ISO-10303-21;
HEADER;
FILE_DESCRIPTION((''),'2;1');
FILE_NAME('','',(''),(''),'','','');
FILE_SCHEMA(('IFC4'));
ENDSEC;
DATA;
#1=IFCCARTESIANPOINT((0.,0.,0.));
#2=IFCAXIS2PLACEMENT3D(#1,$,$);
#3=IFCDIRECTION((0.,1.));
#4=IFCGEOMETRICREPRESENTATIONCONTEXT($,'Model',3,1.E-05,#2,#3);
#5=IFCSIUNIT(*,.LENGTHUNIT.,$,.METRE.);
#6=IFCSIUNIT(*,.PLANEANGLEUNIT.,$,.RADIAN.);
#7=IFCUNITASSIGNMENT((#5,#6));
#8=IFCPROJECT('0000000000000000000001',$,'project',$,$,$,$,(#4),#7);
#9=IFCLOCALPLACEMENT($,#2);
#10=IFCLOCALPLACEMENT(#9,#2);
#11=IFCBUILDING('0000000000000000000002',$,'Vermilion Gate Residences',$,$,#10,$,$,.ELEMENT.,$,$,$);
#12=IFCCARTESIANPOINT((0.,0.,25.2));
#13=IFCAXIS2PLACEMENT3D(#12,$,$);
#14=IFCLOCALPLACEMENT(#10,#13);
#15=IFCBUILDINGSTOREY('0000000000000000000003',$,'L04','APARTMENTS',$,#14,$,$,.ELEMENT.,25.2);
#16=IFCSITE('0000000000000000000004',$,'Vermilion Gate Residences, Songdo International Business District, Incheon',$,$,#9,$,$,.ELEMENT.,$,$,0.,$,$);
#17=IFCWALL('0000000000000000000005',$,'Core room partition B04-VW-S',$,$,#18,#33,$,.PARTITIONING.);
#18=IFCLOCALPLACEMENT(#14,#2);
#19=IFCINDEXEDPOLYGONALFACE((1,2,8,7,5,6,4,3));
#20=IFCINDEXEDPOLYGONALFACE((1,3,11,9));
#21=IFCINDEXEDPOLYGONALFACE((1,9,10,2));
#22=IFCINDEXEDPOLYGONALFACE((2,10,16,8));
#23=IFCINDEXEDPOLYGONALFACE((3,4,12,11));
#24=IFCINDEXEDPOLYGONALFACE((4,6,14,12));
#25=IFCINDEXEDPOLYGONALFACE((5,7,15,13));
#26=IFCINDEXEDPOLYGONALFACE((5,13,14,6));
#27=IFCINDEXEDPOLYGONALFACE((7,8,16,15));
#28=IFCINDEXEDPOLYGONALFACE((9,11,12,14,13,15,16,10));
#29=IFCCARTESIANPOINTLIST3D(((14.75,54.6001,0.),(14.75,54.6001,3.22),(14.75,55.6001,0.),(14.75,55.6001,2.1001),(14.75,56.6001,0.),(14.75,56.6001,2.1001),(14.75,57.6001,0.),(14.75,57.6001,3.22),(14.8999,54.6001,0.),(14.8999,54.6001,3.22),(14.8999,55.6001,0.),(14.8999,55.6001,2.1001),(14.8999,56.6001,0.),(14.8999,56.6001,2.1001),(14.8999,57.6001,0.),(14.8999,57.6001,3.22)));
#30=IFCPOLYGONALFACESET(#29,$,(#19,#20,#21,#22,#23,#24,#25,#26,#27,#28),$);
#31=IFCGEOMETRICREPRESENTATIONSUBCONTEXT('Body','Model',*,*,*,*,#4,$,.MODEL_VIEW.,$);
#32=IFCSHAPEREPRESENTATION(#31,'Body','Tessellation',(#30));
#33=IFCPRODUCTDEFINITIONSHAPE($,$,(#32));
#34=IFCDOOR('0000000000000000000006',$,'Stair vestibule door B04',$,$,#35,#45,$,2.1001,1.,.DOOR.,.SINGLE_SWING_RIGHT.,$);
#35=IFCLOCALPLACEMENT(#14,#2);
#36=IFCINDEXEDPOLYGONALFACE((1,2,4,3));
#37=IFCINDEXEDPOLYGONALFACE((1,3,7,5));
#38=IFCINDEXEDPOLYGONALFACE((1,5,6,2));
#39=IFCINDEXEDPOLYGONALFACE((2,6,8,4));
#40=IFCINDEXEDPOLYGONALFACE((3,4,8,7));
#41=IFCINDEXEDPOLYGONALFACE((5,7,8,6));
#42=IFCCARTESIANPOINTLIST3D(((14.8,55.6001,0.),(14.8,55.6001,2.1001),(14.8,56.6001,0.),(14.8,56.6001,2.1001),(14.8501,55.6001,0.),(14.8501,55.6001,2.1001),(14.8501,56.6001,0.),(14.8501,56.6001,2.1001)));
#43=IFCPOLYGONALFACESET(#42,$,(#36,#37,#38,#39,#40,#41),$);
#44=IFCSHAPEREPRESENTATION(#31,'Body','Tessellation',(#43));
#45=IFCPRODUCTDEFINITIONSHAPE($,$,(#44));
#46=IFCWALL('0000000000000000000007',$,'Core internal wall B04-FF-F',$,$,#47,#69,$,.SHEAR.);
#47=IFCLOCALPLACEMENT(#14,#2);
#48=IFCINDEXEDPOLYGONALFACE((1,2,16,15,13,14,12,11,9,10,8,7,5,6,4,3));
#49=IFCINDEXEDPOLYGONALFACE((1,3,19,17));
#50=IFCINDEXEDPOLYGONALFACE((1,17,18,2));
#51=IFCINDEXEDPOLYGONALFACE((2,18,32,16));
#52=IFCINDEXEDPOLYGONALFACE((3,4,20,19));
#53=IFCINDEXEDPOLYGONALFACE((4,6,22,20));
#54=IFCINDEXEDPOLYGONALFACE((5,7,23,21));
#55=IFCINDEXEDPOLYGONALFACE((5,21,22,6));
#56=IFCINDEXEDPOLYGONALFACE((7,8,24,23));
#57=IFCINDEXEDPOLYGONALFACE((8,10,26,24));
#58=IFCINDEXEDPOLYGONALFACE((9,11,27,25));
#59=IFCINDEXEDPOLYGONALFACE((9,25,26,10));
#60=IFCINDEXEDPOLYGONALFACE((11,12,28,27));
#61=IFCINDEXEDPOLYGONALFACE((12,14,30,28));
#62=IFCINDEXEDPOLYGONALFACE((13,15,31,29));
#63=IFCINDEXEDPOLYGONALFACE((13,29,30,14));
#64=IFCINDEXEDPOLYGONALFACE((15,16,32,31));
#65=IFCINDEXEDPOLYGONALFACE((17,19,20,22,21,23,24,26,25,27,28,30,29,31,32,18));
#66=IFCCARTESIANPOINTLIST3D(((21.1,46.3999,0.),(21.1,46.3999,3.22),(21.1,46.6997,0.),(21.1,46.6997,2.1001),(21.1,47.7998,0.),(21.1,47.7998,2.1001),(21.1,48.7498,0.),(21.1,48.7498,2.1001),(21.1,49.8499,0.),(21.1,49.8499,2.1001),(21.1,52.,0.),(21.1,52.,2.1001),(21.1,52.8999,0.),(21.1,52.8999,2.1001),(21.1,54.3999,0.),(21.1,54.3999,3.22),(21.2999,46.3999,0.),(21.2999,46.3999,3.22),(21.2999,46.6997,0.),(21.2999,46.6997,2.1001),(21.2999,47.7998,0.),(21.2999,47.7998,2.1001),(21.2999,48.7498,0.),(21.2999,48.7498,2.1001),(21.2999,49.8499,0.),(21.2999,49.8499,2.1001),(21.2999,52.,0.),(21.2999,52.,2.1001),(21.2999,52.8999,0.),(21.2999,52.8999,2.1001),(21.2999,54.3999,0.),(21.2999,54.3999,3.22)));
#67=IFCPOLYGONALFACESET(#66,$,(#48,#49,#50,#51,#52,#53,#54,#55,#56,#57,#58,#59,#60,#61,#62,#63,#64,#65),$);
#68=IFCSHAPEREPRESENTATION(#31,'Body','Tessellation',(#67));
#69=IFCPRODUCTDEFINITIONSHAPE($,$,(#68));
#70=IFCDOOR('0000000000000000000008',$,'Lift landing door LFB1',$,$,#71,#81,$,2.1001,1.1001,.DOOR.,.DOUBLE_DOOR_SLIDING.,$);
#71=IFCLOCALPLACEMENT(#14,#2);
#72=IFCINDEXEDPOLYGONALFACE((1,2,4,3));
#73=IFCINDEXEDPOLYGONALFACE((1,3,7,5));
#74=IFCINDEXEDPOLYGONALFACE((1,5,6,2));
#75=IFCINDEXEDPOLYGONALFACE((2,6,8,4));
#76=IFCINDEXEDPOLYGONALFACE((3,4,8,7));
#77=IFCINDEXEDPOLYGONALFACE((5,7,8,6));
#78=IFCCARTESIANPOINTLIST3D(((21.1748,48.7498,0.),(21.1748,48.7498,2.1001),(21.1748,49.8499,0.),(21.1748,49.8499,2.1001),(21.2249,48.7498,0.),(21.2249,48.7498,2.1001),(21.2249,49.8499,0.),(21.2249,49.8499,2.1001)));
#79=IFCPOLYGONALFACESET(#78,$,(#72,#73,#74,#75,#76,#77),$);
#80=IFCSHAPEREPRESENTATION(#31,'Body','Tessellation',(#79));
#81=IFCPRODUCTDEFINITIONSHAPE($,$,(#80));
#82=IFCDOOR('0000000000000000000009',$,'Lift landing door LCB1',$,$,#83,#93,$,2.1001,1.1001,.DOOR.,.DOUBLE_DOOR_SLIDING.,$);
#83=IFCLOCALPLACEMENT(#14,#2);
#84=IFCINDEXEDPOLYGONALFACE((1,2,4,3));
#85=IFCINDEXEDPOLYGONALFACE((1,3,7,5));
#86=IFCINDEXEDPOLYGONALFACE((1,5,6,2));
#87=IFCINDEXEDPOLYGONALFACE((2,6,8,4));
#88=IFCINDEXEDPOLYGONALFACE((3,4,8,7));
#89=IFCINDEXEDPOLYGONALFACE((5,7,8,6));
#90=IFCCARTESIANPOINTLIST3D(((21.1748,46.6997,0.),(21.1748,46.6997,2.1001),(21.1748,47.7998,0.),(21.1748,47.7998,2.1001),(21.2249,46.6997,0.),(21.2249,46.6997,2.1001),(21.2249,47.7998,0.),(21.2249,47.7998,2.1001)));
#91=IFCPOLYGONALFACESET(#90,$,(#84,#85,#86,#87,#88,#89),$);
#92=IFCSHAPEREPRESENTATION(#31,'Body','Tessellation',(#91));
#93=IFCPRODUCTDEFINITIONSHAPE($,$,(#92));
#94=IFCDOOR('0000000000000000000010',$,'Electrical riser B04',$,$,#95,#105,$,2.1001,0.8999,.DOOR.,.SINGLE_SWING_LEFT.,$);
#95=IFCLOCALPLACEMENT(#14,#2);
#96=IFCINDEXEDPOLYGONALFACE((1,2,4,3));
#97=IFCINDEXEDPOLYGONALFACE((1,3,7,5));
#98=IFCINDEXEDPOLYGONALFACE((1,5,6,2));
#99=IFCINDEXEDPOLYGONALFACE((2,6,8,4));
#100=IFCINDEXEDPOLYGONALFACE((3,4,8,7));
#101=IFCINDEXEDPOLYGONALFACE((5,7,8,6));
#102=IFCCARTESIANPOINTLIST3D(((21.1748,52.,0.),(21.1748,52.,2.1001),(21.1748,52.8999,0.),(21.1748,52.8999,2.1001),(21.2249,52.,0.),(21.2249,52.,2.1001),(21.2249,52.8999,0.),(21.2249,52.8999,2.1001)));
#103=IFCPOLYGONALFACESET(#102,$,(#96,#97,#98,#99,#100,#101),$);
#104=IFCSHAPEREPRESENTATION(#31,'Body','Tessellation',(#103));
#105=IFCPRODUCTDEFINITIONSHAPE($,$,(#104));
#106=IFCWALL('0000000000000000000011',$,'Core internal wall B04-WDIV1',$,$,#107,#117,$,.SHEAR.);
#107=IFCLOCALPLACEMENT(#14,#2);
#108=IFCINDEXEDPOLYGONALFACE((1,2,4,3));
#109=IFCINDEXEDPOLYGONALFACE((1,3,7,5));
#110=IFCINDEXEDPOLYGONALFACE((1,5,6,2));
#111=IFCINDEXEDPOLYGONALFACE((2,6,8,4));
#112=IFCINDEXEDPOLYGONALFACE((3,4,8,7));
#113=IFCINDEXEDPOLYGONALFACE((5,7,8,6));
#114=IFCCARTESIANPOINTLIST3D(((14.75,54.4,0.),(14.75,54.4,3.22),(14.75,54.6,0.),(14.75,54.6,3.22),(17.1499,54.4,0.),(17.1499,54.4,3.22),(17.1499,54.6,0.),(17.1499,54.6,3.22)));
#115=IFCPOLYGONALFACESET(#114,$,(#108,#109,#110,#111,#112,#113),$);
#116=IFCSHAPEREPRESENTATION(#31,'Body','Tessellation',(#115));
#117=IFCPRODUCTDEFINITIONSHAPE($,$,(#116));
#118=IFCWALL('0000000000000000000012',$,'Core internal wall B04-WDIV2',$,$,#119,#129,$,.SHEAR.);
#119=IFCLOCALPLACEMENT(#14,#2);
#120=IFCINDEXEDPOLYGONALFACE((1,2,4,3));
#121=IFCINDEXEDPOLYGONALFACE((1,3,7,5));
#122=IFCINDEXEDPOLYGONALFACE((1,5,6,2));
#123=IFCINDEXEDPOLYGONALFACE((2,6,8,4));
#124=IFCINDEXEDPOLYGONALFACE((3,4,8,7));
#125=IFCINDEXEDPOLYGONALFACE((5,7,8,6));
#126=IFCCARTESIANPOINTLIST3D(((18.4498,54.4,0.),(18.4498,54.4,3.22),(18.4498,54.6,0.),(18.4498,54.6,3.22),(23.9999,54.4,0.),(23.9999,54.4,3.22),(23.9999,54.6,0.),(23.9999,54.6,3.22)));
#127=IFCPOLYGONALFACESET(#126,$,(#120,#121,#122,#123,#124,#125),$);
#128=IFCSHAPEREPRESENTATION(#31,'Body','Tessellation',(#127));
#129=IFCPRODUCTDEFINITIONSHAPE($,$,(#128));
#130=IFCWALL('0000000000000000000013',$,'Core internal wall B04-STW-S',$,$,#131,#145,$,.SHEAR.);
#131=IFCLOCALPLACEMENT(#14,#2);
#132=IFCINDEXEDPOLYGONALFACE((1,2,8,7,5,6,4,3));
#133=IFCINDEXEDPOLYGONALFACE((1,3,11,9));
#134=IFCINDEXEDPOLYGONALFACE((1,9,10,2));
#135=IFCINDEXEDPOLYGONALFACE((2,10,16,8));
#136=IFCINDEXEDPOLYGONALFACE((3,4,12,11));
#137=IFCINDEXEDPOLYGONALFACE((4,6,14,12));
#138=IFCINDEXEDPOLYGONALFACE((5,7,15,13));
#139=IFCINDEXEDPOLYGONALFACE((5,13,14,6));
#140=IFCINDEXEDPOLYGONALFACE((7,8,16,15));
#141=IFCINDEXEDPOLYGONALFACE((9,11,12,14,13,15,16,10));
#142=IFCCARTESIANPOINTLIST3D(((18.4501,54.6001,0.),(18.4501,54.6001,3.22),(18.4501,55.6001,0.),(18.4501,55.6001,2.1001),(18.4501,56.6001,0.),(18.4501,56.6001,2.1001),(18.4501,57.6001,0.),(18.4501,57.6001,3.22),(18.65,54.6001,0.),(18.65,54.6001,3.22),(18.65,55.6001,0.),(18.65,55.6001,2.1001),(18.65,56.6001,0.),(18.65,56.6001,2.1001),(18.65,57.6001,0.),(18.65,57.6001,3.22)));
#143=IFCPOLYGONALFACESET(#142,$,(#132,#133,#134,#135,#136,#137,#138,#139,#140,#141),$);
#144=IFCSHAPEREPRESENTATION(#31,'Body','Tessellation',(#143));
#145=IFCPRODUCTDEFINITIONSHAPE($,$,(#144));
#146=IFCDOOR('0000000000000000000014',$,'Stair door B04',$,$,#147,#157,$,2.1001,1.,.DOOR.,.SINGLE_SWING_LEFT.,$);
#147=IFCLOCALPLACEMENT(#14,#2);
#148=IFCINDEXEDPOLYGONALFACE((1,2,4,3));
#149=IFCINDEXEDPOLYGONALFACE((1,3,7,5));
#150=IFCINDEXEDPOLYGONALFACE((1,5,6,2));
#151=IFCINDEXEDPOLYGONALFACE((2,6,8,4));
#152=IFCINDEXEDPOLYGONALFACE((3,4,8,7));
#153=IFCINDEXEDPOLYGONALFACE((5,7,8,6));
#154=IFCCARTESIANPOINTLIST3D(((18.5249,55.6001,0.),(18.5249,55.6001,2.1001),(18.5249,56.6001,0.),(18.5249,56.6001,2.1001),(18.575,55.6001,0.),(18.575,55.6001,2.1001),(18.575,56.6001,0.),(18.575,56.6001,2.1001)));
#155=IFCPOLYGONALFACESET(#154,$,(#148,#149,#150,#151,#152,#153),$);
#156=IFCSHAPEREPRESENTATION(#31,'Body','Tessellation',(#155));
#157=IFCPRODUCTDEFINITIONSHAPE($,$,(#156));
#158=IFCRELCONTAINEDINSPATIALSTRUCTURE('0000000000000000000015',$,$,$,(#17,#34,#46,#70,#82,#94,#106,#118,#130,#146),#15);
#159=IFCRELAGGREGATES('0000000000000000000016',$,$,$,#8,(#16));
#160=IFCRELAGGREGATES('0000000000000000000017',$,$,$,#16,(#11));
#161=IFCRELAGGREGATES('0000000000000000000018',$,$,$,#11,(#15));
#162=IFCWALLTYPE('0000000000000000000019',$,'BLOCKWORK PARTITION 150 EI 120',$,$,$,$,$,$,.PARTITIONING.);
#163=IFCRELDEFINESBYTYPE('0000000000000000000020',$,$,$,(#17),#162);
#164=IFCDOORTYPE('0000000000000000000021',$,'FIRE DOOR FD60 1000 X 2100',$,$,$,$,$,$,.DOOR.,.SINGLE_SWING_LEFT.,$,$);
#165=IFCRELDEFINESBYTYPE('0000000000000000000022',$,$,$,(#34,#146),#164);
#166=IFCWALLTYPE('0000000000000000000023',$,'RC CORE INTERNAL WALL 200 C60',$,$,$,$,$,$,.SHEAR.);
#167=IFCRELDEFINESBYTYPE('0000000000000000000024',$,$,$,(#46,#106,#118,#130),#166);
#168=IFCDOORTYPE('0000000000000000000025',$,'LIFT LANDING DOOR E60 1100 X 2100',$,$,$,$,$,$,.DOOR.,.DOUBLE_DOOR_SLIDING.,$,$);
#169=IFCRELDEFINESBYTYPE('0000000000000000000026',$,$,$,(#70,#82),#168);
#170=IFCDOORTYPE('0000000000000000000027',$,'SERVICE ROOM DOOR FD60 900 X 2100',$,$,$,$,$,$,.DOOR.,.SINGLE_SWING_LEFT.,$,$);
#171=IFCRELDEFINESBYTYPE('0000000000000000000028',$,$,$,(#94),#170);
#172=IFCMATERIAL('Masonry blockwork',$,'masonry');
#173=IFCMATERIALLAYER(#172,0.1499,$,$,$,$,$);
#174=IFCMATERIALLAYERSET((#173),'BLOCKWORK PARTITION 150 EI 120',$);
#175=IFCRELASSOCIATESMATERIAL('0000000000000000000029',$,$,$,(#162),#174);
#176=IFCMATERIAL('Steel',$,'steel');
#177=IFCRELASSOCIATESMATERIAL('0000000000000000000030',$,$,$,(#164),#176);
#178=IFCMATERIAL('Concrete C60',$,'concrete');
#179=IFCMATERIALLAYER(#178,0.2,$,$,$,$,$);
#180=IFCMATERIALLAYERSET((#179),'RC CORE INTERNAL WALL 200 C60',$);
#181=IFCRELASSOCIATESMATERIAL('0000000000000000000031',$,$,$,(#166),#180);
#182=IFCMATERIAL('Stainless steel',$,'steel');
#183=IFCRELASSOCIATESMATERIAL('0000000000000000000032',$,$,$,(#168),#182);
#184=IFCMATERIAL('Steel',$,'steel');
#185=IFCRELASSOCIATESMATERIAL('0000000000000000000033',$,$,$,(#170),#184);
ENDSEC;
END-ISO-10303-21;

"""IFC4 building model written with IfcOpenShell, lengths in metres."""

from ifc_helpers import new_model, si_unit, direction, frame, frame_2d, origin, place, context, subcontext, project, spatial, rectangle, extrude, material, layer, layer_set, type_object, element, fill, save


model = new_model("IFC4")

# Units and contexts
model_context = context("Model", 3, precision=1e-05, world=origin(), true_north=direction((0.0, 1.0)))
body_context = subcontext(model_context, "Body", "Model", "MODEL_VIEW")
ifc_project = project(units=[si_unit("LENGTHUNIT", "METRE"), si_unit("PLANEANGLEUNIT", "RADIAN")], contexts=[model_context])

# Site, building, storey
site_placement = place(None, origin())
site = spatial("IfcSite", under=ifc_project, at=site_placement, Name="Vermilion Gate Residences, Songdo International Business District, Incheon", CompositionType="ELEMENT", RefElevation=0.0)
building_placement = place(site_placement, origin())
building = spatial("IfcBuilding", under=site, at=building_placement, Name="Vermilion Gate Residences", CompositionType="ELEMENT")
storey_placement = place(building_placement, frame((0.0, 0.0, 25.2)))
storey = spatial("IfcBuildingStorey", under=building, at=storey_placement, Name="L04", Description="APARTMENTS", CompositionType="ELEMENT", Elevation=25.2)

# Wall, opening, door
ifc_material_1 = material(Name="Masonry blockwork", Category="masonry")
ifc_layer_1 = layer(ifc_material_1, 0.1499)
ifc_layer_set_1 = layer_set([ifc_layer_1], Name="BLOCKWORK PARTITION 150 EI 120")
wall_type_1 = type_object("IfcWallType", Name="BLOCKWORK PARTITION 150 EI 120", PredefinedType="PARTITIONING", material=ifc_layer_set_1)
wall_1_placement = place(storey_placement, frame((14.825, 57.6001, 0.0), z_axis=(0.0, 0.0, 1.0), x_axis=(0.0, -1.0, 0.0)))
wall_1 = element("IfcWall", 1, at=wall_1_placement, inside=storey, type_object=wall_type_1, Name="Core room partition B04-VW-S", PredefinedType="PARTITIONING", context=body_context, shape_type="SweptSolid", body=[
    extrude(rectangle(XDim=3.0, YDim=0.1499, at=frame_2d((1.5, 0.0))), origin(), (0.0, 0.0, 1.0), 3.22),
])
opening_1_placement = place(wall_1_placement, frame((1.0, 0.0, 0.0)))
opening_1 = element("IfcOpeningElement", 2, at=opening_1_placement, cuts=wall_1, PredefinedType="OPENING", context=body_context, shape_type="SweptSolid", body=[
    extrude(rectangle(XDim=1.0, YDim=2.1001, at=frame_2d((0.5, 1.05))), frame((0.0, 0.085, 0.0), z_axis=(0.0, -1.0, 0.0), x_axis=(1.0, 0.0, 0.0)), (0.0, 0.0, 1.0), 0.1699),
])
ifc_material_2 = material(Name="Steel", Category="steel")
door_type_1 = type_object("IfcDoorType", Name="FIRE DOOR FD60 1000 X 2100", OperationType="SINGLE_SWING_LEFT", PredefinedType="DOOR", material=ifc_material_2)
door_1_placement = place(opening_1_placement, frame((1.0, 0.0, 0.0), z_axis=(0.0, 0.0, 1.0), x_axis=(-1.0, 0.0, 0.0)))
door_1 = element("IfcDoor", 3, at=door_1_placement, inside=storey, type_object=door_type_1, Name="Stair vestibule door B04", OperationType="SINGLE_SWING_RIGHT", OverallHeight=2.1001, OverallWidth=1.0, PredefinedType="DOOR", context=body_context, shape_type="SweptSolid", body=[
    extrude(rectangle(XDim=1.0, YDim=2.1001, at=frame_2d((0.5, 1.05))), frame((0.0, 0.0249, 0.0), z_axis=(0.0, -1.0, 0.0), x_axis=(1.0, 0.0, 0.0)), (0.0, 0.0, 1.0), 0.05),
])
fill(opening_1, door_1)

# Wall, openings, doors
ifc_material_3 = material(Name="Concrete C60", Category="concrete")
ifc_layer_2 = layer(ifc_material_3, 0.2)
ifc_layer_set_2 = layer_set([ifc_layer_2], Name="RC CORE INTERNAL WALL 200 C60")
wall_type_2 = type_object("IfcWallType", Name="RC CORE INTERNAL WALL 200 C60", PredefinedType="SHEAR", material=ifc_layer_set_2)
wall_2_placement = place(storey_placement, frame((21.2, 54.3999, 0.0), z_axis=(0.0, 0.0, 1.0), x_axis=(0.0, -1.0, 0.0)))
wall_2 = element("IfcWall", 4, at=wall_2_placement, inside=storey, type_object=wall_type_2, Name="Core internal wall B04-FF-F", PredefinedType="SHEAR", context=body_context, shape_type="SweptSolid", body=[
    extrude(rectangle(XDim=8.0, YDim=0.2, at=frame_2d((4.0, 0.0))), origin(), (0.0, 0.0, 1.0), 3.22),
])
opening_2_placement = place(wall_2_placement, frame((1.5, 0.0, 0.0)))
opening_2 = element("IfcOpeningElement", 5, at=opening_2_placement, cuts=wall_2, PredefinedType="OPENING", context=body_context, shape_type="SweptSolid", body=[
    extrude(rectangle(XDim=0.8999, YDim=2.1001, at=frame_2d((0.45, 1.05))), frame((0.0, 0.1099, 0.0), z_axis=(0.0, -1.0, 0.0), x_axis=(1.0, 0.0, 0.0)), (0.0, 0.0, 1.0), 0.22),
])
opening_3_placement = place(wall_2_placement, frame((4.55, 0.0, 0.0)))
opening_3 = element("IfcOpeningElement", 6, at=opening_3_placement, cuts=wall_2, PredefinedType="OPENING", context=body_context, shape_type="SweptSolid", body=[
    extrude(rectangle(XDim=1.1001, YDim=2.1001, at=frame_2d((0.55, 1.05))), frame((0.0, 0.1099, 0.0), z_axis=(0.0, -1.0, 0.0), x_axis=(1.0, 0.0, 0.0)), (0.0, 0.0, 1.0), 0.22),
])
opening_4_placement = place(wall_2_placement, frame((6.6001, 0.0, 0.0)))
opening_4 = element("IfcOpeningElement", 7, at=opening_4_placement, cuts=wall_2, PredefinedType="OPENING", context=body_context, shape_type="SweptSolid", body=[
    extrude(rectangle(XDim=1.1001, YDim=2.1001, at=frame_2d((0.55, 1.05))), frame((0.0, 0.1099, 0.0), z_axis=(0.0, -1.0, 0.0), x_axis=(1.0, 0.0, 0.0)), (0.0, 0.0, 1.0), 0.22),
])
ifc_material_4 = material(Name="Stainless steel", Category="steel")
door_type_2 = type_object("IfcDoorType", Name="LIFT LANDING DOOR E60 1100 X 2100", OperationType="DOUBLE_DOOR_SLIDING", PredefinedType="DOOR", material=ifc_material_4)
door_2_placement = place(opening_3_placement, origin())
door_2 = element("IfcDoor", 8, at=door_2_placement, inside=storey, type_object=door_type_2, Name="Lift landing door LFB1", OperationType="DOUBLE_DOOR_SLIDING", OverallHeight=2.1001, OverallWidth=1.1001, PredefinedType="DOOR", context=body_context, shape_type="SweptSolid", body=[
    extrude(rectangle(XDim=1.1001, YDim=2.1001, at=frame_2d((0.55, 1.05))), frame((0.0, 0.0249, 0.0), z_axis=(0.0, -1.0, 0.0), x_axis=(1.0, 0.0, 0.0)), (0.0, 0.0, 1.0), 0.05),
])
fill(opening_3, door_2)
door_3_placement = place(opening_4_placement, origin())
door_3 = element("IfcDoor", 9, at=door_3_placement, inside=storey, type_object=door_type_2, Name="Lift landing door LCB1", OperationType="DOUBLE_DOOR_SLIDING", OverallHeight=2.1001, OverallWidth=1.1001, PredefinedType="DOOR", context=body_context, shape_type="SweptSolid", body=[
    extrude(rectangle(XDim=1.1001, YDim=2.1001, at=frame_2d((0.55, 1.05))), frame((0.0, 0.0249, 0.0), z_axis=(0.0, -1.0, 0.0), x_axis=(1.0, 0.0, 0.0)), (0.0, 0.0, 1.0), 0.05),
])
fill(opening_4, door_3)
ifc_material_5 = material(Name="Steel", Category="steel")
door_type_3 = type_object("IfcDoorType", Name="SERVICE ROOM DOOR FD60 900 X 2100", OperationType="SINGLE_SWING_LEFT", PredefinedType="DOOR", material=ifc_material_5)
door_4_placement = place(opening_2_placement, origin())
door_4 = element("IfcDoor", 10, at=door_4_placement, inside=storey, type_object=door_type_3, Name="Electrical riser B04", OperationType="SINGLE_SWING_LEFT", OverallHeight=2.1001, OverallWidth=0.8999, PredefinedType="DOOR", context=body_context, shape_type="SweptSolid", body=[
    extrude(rectangle(XDim=0.8999, YDim=2.1001, at=frame_2d((0.45, 1.05))), frame((0.0, 0.0249, 0.0), z_axis=(0.0, -1.0, 0.0), x_axis=(1.0, 0.0, 0.0)), (0.0, 0.0, 1.0), 0.05),
])
fill(opening_2, door_4)

# Walls
wall_3_placement = place(storey_placement, frame((14.75, 54.5, 0.0), z_axis=(0.0, 0.0, 1.0), x_axis=(1.0, 0.0, 0.0)))
element("IfcWall", 11, at=wall_3_placement, inside=storey, type_object=wall_type_2, Name="Core internal wall B04-WDIV1", PredefinedType="SHEAR", context=body_context, shape_type="SweptSolid", body=[
    extrude(rectangle(XDim=2.3999, YDim=0.2, at=frame_2d((1.2, 0.0))), origin(), (0.0, 0.0, 1.0), 3.22),
])
wall_4_placement = place(storey_placement, frame((18.45, 54.5, 0.0), z_axis=(0.0, 0.0, 1.0), x_axis=(1.0, 0.0, 0.0)))
element("IfcWall", 12, at=wall_4_placement, inside=storey, type_object=wall_type_2, Name="Core internal wall B04-WDIV2", PredefinedType="SHEAR", context=body_context, shape_type="SweptSolid", body=[
    extrude(rectangle(XDim=5.55, YDim=0.2, at=frame_2d((2.7749, 0.0))), origin(), (0.0, 0.0, 1.0), 3.22),
])

# Wall, opening, door
wall_5_placement = place(storey_placement, frame((18.55, 57.6001, 0.0), z_axis=(0.0, 0.0, 1.0), x_axis=(0.0, -1.0, 0.0)))
wall_5 = element("IfcWall", 13, at=wall_5_placement, inside=storey, type_object=wall_type_2, Name="Core internal wall B04-STW-S", PredefinedType="SHEAR", context=body_context, shape_type="SweptSolid", body=[
    extrude(rectangle(XDim=3.0, YDim=0.2, at=frame_2d((1.5, 0.0))), origin(), (0.0, 0.0, 1.0), 3.22),
])
opening_5_placement = place(wall_5_placement, frame((1.0, 0.0, 0.0)))
opening_5 = element("IfcOpeningElement", 14, at=opening_5_placement, cuts=wall_5, PredefinedType="OPENING", context=body_context, shape_type="SweptSolid", body=[
    extrude(rectangle(XDim=1.0, YDim=2.1001, at=frame_2d((0.5, 1.05))), frame((0.0, 0.1099, 0.0), z_axis=(0.0, -1.0, 0.0), x_axis=(1.0, 0.0, 0.0)), (0.0, 0.0, 1.0), 0.22),
])
door_5_placement = place(opening_5_placement, origin())
door_5 = element("IfcDoor", 15, at=door_5_placement, inside=storey, type_object=door_type_1, Name="Stair door B04", OperationType="SINGLE_SWING_LEFT", OverallHeight=2.1001, OverallWidth=1.0, PredefinedType="DOOR", context=body_context, shape_type="SweptSolid", body=[
    extrude(rectangle(XDim=1.0, YDim=2.1001, at=frame_2d((0.5, 1.05))), frame((0.0, 0.0249, 0.0), z_axis=(0.0, -1.0, 0.0), x_axis=(1.0, 0.0, 0.0)), (0.0, 0.0, 1.0), 0.05),
])
fill(opening_5, door_5)

save(model, "model.ifc")
